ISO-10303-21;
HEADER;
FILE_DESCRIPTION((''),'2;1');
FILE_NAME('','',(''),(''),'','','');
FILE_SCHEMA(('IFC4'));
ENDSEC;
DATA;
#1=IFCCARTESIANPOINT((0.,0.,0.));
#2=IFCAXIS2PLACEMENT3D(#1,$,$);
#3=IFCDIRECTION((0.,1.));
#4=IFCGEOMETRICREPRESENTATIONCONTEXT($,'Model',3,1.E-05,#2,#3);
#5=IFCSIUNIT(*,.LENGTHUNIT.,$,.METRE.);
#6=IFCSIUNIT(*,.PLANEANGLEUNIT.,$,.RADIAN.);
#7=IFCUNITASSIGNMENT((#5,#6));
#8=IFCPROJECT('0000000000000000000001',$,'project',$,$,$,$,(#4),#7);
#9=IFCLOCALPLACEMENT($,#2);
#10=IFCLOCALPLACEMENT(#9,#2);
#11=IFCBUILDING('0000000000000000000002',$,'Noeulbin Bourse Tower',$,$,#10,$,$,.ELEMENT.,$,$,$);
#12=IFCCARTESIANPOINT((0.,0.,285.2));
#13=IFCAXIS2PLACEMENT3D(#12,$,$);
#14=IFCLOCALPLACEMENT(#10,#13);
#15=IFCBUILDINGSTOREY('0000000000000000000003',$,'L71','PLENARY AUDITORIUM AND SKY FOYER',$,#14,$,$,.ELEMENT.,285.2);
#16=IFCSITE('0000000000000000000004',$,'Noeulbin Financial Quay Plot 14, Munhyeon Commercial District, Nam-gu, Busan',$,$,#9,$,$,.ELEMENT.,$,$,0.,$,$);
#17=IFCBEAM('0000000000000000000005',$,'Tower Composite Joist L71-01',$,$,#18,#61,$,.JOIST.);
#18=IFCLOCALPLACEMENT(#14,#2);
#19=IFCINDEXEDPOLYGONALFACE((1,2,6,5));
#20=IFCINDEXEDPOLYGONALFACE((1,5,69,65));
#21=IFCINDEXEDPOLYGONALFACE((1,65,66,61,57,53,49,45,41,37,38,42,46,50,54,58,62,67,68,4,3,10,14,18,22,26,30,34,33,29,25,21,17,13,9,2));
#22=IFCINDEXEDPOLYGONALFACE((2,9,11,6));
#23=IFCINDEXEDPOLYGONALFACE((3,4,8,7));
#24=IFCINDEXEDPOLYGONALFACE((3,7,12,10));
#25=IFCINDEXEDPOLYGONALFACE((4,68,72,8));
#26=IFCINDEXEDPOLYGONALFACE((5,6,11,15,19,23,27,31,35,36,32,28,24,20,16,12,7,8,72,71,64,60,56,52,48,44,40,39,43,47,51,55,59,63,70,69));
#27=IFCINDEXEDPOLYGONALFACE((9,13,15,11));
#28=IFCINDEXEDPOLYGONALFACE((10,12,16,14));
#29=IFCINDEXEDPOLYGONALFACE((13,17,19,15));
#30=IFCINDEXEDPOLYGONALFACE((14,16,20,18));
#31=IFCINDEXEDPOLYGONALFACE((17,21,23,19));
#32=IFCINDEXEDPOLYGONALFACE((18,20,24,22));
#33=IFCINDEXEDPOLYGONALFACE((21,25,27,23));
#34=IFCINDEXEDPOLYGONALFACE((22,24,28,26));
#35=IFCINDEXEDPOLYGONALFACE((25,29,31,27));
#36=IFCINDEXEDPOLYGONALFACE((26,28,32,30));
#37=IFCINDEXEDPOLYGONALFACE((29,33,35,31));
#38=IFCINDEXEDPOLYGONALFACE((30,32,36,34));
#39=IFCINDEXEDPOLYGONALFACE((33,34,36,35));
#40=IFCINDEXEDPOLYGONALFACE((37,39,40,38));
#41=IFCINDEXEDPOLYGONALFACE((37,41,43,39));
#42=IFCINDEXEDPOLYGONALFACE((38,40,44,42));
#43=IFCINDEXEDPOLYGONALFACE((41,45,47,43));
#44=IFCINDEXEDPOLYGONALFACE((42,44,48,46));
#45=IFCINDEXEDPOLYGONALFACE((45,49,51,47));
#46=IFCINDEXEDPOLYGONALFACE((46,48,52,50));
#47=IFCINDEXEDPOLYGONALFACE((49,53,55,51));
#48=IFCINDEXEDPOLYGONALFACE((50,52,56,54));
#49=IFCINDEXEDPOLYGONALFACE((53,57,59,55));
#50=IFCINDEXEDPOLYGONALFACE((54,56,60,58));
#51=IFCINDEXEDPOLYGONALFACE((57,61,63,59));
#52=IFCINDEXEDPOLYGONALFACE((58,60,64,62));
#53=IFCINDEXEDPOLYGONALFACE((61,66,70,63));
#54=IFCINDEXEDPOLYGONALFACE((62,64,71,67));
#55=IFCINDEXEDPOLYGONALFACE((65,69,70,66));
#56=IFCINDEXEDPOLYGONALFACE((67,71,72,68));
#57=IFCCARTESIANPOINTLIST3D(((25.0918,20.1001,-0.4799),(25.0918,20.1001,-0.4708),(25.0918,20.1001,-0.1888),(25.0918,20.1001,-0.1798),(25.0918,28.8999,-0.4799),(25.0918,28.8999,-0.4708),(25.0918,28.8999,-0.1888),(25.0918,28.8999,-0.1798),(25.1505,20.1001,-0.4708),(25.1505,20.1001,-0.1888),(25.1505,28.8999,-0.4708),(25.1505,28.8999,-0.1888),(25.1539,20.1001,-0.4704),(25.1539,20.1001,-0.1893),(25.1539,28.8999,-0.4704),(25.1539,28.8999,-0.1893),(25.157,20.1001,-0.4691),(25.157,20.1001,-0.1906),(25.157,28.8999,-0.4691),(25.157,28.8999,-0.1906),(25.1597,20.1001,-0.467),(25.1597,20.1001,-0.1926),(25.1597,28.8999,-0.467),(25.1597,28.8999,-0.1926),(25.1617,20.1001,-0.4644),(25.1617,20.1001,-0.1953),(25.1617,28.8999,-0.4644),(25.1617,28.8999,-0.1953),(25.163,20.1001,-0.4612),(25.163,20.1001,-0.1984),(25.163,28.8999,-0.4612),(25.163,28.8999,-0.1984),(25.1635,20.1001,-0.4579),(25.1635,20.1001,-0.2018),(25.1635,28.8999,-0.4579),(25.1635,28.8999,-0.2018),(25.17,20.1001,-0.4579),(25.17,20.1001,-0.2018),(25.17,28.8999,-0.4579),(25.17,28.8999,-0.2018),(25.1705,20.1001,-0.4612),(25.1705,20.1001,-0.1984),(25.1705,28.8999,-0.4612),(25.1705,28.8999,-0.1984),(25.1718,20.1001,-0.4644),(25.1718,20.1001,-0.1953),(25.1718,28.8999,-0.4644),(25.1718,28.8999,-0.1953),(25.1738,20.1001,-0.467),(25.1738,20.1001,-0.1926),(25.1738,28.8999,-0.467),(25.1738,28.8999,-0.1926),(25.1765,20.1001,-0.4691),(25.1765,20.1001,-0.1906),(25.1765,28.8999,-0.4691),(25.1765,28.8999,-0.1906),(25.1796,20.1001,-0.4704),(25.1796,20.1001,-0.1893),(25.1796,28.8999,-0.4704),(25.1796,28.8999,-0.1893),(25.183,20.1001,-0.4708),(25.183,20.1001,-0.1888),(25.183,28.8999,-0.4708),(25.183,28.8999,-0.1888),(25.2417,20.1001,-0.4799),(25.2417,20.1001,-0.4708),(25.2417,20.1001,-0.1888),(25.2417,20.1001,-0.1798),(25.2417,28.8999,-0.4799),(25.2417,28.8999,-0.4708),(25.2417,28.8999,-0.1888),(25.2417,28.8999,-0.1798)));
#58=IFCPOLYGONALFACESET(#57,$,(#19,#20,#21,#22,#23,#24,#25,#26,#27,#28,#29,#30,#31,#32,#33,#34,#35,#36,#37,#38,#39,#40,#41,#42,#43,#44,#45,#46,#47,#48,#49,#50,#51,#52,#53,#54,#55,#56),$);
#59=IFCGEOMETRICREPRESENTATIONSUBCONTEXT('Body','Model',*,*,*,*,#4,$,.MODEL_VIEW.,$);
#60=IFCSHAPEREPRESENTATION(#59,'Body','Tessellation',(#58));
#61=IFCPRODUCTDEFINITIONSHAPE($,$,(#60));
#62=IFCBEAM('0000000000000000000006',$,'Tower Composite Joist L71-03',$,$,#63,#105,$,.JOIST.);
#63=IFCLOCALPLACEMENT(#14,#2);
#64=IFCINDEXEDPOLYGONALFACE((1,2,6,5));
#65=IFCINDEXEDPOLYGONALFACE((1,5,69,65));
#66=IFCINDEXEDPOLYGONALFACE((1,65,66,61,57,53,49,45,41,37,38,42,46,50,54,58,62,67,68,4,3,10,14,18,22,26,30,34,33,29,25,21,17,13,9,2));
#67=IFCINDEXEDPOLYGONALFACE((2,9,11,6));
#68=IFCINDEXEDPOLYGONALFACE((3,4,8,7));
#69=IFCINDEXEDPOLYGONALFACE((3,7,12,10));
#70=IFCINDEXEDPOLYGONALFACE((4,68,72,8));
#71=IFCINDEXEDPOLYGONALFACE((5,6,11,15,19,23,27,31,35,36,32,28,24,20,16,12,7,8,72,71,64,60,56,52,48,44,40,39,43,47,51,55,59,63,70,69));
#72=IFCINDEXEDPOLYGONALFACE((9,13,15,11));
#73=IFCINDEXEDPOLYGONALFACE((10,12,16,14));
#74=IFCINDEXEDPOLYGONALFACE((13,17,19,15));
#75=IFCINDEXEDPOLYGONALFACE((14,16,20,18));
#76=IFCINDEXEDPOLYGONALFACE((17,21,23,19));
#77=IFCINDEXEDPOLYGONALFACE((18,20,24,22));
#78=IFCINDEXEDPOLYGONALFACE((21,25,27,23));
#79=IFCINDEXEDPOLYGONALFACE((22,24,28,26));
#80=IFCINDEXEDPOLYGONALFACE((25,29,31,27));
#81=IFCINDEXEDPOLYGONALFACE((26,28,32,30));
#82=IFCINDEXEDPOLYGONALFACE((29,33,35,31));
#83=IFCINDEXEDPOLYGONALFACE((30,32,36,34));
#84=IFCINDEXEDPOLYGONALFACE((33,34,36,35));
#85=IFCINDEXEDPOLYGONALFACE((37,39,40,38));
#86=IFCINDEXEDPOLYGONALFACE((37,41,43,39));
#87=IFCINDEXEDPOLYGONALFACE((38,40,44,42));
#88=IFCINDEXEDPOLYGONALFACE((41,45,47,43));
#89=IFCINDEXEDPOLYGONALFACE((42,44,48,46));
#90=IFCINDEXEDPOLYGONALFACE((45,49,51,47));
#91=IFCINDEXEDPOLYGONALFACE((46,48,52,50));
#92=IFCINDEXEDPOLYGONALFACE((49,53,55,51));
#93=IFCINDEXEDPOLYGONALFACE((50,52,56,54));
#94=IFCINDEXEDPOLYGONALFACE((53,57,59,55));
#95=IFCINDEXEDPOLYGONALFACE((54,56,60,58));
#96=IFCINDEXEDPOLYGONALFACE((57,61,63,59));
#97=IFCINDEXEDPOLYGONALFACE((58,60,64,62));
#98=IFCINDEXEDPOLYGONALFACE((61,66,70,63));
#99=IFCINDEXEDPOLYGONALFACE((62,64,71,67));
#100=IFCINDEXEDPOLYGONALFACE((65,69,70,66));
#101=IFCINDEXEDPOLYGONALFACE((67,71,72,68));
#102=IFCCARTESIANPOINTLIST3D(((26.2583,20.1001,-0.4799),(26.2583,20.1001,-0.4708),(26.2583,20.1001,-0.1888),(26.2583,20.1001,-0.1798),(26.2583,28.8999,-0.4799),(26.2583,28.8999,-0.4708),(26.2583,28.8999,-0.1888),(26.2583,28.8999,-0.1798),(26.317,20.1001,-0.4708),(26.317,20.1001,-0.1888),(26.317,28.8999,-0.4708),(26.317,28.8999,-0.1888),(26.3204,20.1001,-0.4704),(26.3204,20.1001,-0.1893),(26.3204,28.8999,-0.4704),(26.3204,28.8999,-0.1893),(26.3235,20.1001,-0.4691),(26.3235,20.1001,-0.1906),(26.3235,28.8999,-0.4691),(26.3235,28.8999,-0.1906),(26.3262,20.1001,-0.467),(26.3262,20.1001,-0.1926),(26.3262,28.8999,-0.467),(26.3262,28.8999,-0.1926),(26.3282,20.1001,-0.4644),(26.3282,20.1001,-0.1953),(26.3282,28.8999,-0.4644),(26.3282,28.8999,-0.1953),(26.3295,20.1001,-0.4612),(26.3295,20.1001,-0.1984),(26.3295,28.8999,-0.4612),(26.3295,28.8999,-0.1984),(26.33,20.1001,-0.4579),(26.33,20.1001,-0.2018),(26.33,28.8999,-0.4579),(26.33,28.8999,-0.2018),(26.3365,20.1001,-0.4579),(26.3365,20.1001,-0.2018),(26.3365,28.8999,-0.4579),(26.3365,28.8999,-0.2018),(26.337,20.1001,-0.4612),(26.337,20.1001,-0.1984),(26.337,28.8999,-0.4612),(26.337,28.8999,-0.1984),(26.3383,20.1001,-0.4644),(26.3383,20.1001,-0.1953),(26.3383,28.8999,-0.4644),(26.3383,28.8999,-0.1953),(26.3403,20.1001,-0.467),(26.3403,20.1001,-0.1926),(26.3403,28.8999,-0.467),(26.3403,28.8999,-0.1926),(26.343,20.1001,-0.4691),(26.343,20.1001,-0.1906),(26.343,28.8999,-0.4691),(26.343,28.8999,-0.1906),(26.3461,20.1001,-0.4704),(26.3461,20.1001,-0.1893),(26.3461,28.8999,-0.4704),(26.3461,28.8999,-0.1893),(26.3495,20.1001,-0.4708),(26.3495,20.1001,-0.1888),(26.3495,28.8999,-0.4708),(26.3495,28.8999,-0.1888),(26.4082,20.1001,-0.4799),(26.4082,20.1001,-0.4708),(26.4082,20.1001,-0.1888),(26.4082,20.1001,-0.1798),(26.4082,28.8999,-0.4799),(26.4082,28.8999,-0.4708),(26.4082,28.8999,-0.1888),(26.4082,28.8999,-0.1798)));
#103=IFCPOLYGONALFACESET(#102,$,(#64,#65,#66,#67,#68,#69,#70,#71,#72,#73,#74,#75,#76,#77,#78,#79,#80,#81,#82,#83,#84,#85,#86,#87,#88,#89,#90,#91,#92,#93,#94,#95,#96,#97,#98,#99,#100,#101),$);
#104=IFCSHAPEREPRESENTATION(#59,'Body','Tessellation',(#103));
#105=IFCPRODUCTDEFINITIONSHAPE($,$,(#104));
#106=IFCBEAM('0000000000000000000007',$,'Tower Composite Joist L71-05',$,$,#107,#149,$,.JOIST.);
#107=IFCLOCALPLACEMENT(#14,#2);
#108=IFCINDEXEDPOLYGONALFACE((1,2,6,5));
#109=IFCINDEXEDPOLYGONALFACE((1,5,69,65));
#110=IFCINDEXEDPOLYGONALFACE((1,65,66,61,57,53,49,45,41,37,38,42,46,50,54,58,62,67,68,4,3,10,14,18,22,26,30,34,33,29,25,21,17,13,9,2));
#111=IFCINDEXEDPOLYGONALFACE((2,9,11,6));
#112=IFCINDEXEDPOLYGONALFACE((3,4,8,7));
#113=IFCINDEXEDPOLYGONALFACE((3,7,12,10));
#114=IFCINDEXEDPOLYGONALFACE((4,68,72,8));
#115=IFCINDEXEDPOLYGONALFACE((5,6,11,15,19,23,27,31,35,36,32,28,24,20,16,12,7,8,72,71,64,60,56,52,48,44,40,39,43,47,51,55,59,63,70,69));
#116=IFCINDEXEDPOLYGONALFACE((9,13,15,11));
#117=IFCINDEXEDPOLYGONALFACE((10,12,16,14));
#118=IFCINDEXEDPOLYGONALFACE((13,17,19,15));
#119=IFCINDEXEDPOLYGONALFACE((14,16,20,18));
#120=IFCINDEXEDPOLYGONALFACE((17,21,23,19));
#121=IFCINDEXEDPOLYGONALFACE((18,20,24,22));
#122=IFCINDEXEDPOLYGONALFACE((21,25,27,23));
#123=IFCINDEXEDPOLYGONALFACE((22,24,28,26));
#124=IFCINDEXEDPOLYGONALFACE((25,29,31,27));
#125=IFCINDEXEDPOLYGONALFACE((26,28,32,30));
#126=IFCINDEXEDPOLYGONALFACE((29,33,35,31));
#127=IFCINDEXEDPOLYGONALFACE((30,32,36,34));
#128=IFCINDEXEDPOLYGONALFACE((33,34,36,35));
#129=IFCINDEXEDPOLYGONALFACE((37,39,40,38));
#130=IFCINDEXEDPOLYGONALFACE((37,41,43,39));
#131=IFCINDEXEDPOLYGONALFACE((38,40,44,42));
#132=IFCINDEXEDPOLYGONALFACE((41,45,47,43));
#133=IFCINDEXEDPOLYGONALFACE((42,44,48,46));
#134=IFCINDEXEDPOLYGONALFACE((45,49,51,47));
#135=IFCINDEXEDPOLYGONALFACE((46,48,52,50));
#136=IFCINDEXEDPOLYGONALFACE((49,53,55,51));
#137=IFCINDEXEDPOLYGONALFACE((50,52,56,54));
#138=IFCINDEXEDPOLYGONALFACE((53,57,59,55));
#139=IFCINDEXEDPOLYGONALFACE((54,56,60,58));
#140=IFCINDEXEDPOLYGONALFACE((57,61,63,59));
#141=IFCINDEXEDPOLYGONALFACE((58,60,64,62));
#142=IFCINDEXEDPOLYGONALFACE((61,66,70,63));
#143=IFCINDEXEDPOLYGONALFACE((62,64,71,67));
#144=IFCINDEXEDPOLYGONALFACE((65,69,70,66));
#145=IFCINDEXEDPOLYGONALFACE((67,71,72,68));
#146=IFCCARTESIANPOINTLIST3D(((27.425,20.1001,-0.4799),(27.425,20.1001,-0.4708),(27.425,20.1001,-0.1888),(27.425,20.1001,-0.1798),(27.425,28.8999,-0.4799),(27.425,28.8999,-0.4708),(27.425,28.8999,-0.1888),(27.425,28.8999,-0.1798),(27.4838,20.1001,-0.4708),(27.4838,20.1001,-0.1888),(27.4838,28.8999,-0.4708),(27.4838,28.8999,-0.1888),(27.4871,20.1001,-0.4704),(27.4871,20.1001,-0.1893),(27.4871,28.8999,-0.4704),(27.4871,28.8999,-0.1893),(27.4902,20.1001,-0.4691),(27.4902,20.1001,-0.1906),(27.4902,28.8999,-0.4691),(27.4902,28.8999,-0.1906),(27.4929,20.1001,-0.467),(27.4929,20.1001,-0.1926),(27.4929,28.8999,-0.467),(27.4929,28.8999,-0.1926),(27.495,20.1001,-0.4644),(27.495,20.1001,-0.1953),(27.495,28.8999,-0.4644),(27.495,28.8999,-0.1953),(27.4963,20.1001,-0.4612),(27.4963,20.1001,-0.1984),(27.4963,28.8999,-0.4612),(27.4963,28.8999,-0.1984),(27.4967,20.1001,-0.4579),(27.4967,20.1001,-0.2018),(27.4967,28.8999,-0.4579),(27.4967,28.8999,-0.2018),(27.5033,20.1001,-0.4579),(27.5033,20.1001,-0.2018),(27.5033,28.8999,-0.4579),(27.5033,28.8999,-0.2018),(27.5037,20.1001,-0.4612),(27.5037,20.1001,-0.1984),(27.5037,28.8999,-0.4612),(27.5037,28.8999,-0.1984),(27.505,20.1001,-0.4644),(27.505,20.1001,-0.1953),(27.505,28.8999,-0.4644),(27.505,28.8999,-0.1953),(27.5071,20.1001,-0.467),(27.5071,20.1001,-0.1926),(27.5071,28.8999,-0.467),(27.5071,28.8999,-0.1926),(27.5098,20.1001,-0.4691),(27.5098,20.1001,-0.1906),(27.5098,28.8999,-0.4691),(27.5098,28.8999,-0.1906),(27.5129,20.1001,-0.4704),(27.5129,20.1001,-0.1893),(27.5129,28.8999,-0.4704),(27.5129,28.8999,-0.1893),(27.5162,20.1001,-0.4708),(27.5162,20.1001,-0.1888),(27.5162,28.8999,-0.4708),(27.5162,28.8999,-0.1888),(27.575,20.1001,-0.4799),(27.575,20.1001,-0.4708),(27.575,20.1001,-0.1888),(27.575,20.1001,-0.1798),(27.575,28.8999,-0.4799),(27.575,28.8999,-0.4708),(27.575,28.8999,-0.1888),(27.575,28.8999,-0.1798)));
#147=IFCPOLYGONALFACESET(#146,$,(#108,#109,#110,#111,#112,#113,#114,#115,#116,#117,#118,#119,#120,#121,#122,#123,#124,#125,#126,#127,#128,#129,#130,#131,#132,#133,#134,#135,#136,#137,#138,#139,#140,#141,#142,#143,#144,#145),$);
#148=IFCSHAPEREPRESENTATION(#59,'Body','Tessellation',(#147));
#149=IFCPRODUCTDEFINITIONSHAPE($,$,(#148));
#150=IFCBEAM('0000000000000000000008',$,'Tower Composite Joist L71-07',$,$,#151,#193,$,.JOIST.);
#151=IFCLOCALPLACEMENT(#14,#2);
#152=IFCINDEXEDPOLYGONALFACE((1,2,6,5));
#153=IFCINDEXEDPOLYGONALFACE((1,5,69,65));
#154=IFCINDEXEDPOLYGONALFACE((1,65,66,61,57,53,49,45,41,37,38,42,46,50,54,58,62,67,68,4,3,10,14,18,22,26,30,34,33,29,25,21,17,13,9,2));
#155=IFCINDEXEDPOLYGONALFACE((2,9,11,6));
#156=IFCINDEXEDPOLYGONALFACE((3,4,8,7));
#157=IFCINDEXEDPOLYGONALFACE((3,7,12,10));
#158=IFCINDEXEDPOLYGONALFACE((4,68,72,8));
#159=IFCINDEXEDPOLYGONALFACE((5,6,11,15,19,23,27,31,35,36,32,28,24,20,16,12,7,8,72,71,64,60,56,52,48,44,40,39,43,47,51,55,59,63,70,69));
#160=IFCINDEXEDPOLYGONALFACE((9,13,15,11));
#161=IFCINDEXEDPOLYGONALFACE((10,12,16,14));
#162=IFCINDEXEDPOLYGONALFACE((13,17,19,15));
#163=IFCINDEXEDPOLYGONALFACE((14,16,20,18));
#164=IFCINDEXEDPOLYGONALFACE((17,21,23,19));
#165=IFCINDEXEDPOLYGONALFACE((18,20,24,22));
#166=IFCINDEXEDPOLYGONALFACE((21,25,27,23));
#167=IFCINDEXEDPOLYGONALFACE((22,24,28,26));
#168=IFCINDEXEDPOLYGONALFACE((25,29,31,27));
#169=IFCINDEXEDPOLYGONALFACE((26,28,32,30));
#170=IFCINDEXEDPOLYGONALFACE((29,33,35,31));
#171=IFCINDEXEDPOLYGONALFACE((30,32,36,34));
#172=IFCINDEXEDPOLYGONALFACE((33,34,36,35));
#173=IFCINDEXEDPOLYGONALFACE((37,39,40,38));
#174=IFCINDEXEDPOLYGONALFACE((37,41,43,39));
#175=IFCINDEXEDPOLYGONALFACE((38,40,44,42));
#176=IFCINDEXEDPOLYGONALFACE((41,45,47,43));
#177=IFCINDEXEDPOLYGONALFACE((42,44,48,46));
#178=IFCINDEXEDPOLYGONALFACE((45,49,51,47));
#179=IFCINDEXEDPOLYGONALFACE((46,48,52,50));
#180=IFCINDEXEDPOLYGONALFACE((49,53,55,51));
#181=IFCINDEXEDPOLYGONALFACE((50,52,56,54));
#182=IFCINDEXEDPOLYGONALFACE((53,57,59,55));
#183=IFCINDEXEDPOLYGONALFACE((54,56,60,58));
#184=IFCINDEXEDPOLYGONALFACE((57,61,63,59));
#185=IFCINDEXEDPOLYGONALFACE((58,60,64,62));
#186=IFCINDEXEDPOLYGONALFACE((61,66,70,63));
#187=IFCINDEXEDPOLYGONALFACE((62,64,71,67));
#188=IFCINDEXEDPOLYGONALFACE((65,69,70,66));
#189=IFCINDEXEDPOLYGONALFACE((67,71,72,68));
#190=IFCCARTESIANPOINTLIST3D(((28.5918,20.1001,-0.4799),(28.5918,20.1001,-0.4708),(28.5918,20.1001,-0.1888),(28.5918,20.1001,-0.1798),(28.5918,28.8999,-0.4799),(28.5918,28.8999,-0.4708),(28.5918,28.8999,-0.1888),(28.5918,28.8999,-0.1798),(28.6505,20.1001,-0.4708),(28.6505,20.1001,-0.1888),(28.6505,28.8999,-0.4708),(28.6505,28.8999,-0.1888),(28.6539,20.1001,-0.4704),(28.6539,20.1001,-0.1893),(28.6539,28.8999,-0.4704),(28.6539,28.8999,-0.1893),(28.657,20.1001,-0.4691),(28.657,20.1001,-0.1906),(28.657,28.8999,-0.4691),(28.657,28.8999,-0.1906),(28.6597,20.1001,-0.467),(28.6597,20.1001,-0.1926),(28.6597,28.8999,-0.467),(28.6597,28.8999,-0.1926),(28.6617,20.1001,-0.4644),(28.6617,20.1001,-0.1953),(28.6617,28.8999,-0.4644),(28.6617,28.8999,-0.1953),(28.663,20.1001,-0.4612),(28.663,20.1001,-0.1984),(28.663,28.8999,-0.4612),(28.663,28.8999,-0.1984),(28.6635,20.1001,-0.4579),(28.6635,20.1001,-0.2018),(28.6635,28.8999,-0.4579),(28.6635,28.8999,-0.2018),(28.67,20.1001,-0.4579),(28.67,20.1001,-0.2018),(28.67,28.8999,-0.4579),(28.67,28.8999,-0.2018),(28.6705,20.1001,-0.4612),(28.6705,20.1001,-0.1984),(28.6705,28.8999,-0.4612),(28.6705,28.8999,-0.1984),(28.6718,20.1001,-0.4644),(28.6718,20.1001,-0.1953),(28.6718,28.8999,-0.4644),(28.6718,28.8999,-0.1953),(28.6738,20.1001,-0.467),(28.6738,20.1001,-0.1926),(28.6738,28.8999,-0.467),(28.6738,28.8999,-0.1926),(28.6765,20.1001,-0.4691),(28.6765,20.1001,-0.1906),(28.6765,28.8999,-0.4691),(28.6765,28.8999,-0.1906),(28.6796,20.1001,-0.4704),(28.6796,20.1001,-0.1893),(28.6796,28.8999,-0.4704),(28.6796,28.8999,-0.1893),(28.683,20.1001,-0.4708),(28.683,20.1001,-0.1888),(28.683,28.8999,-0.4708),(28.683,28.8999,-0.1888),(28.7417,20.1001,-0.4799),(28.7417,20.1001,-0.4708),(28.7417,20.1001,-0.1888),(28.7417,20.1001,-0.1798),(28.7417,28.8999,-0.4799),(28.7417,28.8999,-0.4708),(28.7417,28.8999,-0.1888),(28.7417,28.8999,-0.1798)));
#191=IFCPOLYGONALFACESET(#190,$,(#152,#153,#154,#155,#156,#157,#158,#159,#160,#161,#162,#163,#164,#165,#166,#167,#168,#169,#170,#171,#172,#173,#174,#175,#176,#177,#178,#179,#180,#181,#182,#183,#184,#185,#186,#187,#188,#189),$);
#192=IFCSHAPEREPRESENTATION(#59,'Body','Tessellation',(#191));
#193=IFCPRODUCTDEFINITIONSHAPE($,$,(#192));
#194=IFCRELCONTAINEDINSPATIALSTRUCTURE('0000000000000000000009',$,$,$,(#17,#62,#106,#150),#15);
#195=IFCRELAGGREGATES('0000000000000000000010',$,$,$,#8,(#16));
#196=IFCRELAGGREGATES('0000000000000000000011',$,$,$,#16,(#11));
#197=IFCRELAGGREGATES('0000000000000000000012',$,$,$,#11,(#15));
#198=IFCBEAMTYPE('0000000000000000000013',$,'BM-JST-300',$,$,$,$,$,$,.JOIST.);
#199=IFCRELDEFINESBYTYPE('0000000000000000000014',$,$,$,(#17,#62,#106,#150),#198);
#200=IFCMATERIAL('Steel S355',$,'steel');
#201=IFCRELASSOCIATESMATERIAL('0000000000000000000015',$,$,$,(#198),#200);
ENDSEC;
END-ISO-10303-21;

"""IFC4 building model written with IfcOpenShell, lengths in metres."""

from ifc_helpers import new_model, si_unit, direction, frame, origin, origin_2d, place, context, subcontext, project, spatial, i_section, extrude, material, material_profile, profile_set, type_object, element, save


model = new_model("IFC4")

# Units and contexts
model_context = context("Model", 3, precision=1e-05, world=origin(), true_north=direction((0.0, 1.0)))
body_context = subcontext(model_context, "Body", "Model", "MODEL_VIEW")
ifc_project = project(units=[si_unit("LENGTHUNIT", "METRE"), si_unit("PLANEANGLEUNIT", "RADIAN")], contexts=[model_context])

# Site, building, storey
site_placement = place(None, origin())
site = spatial("IfcSite", under=ifc_project, at=site_placement, Name="Noeulbin Financial Quay Plot 14, Munhyeon Commercial District, Nam-gu, Busan", CompositionType="ELEMENT", RefElevation=0.0)
building_placement = place(site_placement, origin())
building = spatial("IfcBuilding", under=site, at=building_placement, Name="Noeulbin Bourse Tower", CompositionType="ELEMENT")
storey_placement = place(building_placement, frame((0.0, 0.0, 285.2)))
storey = spatial("IfcBuildingStorey", under=building, at=storey_placement, Name="L71", Description="PLENARY AUDITORIUM AND SKY FOYER", CompositionType="ELEMENT", Elevation=285.2)

# Shared definitions
ifc_material_1 = material(Name="Steel S355", Category="steel")

# Beams
ifc_material_profile_1 = material_profile(ifc_material_1, i_section(OverallWidth=0.1499, OverallDepth=0.3, WebThickness=0.0066, FlangeThickness=0.009, FilletRadius=0.0129, at=origin_2d()), Name="H-300x150x6.5x9", Category="LoadBearing")
ifc_profile_set_1 = profile_set([ifc_material_profile_1], Name="Steel S355")
beam_type_1 = type_object("IfcBeamType", Name="BM-JST-300", PredefinedType="JOIST", material=ifc_profile_set_1)
for number, where, z_axis, x_axis, name in (
    (1, (25.1667, 20.1001, -0.3298), (0.0, 1.0, 0.0), (-1.0, 0.0, 0.0), "Tower Composite Joist L71-01"),
    (2, (26.3333, 20.1001, -0.3298), (0.0, 1.0, 0.0), (-1.0, 0.0, 0.0), "Tower Composite Joist L71-03"),
    (3, (27.5, 20.1001, -0.3298), (0.0, 1.0, 0.0), (-1.0, 0.0, 0.0), "Tower Composite Joist L71-05"),
    (4, (28.6667, 20.1001, -0.3298), (0.0, 1.0, 0.0), (-1.0, 0.0, 0.0), "Tower Composite Joist L71-07"),
):
    element("IfcBeam", number, at=place(storey_placement, frame(where, z_axis=z_axis, x_axis=x_axis)), inside=storey, type_object=beam_type_1, Name=name, PredefinedType="JOIST", context=body_context, shape_type="SweptSolid", body=[
        extrude(i_section(OverallWidth=0.1499, OverallDepth=0.3, WebThickness=0.0066, FlangeThickness=0.009, FilletRadius=0.0129, at=origin_2d()), origin(), (0.0, 0.0, 1.0), 8.7998),
    ])

save(model, "model.ifc")
